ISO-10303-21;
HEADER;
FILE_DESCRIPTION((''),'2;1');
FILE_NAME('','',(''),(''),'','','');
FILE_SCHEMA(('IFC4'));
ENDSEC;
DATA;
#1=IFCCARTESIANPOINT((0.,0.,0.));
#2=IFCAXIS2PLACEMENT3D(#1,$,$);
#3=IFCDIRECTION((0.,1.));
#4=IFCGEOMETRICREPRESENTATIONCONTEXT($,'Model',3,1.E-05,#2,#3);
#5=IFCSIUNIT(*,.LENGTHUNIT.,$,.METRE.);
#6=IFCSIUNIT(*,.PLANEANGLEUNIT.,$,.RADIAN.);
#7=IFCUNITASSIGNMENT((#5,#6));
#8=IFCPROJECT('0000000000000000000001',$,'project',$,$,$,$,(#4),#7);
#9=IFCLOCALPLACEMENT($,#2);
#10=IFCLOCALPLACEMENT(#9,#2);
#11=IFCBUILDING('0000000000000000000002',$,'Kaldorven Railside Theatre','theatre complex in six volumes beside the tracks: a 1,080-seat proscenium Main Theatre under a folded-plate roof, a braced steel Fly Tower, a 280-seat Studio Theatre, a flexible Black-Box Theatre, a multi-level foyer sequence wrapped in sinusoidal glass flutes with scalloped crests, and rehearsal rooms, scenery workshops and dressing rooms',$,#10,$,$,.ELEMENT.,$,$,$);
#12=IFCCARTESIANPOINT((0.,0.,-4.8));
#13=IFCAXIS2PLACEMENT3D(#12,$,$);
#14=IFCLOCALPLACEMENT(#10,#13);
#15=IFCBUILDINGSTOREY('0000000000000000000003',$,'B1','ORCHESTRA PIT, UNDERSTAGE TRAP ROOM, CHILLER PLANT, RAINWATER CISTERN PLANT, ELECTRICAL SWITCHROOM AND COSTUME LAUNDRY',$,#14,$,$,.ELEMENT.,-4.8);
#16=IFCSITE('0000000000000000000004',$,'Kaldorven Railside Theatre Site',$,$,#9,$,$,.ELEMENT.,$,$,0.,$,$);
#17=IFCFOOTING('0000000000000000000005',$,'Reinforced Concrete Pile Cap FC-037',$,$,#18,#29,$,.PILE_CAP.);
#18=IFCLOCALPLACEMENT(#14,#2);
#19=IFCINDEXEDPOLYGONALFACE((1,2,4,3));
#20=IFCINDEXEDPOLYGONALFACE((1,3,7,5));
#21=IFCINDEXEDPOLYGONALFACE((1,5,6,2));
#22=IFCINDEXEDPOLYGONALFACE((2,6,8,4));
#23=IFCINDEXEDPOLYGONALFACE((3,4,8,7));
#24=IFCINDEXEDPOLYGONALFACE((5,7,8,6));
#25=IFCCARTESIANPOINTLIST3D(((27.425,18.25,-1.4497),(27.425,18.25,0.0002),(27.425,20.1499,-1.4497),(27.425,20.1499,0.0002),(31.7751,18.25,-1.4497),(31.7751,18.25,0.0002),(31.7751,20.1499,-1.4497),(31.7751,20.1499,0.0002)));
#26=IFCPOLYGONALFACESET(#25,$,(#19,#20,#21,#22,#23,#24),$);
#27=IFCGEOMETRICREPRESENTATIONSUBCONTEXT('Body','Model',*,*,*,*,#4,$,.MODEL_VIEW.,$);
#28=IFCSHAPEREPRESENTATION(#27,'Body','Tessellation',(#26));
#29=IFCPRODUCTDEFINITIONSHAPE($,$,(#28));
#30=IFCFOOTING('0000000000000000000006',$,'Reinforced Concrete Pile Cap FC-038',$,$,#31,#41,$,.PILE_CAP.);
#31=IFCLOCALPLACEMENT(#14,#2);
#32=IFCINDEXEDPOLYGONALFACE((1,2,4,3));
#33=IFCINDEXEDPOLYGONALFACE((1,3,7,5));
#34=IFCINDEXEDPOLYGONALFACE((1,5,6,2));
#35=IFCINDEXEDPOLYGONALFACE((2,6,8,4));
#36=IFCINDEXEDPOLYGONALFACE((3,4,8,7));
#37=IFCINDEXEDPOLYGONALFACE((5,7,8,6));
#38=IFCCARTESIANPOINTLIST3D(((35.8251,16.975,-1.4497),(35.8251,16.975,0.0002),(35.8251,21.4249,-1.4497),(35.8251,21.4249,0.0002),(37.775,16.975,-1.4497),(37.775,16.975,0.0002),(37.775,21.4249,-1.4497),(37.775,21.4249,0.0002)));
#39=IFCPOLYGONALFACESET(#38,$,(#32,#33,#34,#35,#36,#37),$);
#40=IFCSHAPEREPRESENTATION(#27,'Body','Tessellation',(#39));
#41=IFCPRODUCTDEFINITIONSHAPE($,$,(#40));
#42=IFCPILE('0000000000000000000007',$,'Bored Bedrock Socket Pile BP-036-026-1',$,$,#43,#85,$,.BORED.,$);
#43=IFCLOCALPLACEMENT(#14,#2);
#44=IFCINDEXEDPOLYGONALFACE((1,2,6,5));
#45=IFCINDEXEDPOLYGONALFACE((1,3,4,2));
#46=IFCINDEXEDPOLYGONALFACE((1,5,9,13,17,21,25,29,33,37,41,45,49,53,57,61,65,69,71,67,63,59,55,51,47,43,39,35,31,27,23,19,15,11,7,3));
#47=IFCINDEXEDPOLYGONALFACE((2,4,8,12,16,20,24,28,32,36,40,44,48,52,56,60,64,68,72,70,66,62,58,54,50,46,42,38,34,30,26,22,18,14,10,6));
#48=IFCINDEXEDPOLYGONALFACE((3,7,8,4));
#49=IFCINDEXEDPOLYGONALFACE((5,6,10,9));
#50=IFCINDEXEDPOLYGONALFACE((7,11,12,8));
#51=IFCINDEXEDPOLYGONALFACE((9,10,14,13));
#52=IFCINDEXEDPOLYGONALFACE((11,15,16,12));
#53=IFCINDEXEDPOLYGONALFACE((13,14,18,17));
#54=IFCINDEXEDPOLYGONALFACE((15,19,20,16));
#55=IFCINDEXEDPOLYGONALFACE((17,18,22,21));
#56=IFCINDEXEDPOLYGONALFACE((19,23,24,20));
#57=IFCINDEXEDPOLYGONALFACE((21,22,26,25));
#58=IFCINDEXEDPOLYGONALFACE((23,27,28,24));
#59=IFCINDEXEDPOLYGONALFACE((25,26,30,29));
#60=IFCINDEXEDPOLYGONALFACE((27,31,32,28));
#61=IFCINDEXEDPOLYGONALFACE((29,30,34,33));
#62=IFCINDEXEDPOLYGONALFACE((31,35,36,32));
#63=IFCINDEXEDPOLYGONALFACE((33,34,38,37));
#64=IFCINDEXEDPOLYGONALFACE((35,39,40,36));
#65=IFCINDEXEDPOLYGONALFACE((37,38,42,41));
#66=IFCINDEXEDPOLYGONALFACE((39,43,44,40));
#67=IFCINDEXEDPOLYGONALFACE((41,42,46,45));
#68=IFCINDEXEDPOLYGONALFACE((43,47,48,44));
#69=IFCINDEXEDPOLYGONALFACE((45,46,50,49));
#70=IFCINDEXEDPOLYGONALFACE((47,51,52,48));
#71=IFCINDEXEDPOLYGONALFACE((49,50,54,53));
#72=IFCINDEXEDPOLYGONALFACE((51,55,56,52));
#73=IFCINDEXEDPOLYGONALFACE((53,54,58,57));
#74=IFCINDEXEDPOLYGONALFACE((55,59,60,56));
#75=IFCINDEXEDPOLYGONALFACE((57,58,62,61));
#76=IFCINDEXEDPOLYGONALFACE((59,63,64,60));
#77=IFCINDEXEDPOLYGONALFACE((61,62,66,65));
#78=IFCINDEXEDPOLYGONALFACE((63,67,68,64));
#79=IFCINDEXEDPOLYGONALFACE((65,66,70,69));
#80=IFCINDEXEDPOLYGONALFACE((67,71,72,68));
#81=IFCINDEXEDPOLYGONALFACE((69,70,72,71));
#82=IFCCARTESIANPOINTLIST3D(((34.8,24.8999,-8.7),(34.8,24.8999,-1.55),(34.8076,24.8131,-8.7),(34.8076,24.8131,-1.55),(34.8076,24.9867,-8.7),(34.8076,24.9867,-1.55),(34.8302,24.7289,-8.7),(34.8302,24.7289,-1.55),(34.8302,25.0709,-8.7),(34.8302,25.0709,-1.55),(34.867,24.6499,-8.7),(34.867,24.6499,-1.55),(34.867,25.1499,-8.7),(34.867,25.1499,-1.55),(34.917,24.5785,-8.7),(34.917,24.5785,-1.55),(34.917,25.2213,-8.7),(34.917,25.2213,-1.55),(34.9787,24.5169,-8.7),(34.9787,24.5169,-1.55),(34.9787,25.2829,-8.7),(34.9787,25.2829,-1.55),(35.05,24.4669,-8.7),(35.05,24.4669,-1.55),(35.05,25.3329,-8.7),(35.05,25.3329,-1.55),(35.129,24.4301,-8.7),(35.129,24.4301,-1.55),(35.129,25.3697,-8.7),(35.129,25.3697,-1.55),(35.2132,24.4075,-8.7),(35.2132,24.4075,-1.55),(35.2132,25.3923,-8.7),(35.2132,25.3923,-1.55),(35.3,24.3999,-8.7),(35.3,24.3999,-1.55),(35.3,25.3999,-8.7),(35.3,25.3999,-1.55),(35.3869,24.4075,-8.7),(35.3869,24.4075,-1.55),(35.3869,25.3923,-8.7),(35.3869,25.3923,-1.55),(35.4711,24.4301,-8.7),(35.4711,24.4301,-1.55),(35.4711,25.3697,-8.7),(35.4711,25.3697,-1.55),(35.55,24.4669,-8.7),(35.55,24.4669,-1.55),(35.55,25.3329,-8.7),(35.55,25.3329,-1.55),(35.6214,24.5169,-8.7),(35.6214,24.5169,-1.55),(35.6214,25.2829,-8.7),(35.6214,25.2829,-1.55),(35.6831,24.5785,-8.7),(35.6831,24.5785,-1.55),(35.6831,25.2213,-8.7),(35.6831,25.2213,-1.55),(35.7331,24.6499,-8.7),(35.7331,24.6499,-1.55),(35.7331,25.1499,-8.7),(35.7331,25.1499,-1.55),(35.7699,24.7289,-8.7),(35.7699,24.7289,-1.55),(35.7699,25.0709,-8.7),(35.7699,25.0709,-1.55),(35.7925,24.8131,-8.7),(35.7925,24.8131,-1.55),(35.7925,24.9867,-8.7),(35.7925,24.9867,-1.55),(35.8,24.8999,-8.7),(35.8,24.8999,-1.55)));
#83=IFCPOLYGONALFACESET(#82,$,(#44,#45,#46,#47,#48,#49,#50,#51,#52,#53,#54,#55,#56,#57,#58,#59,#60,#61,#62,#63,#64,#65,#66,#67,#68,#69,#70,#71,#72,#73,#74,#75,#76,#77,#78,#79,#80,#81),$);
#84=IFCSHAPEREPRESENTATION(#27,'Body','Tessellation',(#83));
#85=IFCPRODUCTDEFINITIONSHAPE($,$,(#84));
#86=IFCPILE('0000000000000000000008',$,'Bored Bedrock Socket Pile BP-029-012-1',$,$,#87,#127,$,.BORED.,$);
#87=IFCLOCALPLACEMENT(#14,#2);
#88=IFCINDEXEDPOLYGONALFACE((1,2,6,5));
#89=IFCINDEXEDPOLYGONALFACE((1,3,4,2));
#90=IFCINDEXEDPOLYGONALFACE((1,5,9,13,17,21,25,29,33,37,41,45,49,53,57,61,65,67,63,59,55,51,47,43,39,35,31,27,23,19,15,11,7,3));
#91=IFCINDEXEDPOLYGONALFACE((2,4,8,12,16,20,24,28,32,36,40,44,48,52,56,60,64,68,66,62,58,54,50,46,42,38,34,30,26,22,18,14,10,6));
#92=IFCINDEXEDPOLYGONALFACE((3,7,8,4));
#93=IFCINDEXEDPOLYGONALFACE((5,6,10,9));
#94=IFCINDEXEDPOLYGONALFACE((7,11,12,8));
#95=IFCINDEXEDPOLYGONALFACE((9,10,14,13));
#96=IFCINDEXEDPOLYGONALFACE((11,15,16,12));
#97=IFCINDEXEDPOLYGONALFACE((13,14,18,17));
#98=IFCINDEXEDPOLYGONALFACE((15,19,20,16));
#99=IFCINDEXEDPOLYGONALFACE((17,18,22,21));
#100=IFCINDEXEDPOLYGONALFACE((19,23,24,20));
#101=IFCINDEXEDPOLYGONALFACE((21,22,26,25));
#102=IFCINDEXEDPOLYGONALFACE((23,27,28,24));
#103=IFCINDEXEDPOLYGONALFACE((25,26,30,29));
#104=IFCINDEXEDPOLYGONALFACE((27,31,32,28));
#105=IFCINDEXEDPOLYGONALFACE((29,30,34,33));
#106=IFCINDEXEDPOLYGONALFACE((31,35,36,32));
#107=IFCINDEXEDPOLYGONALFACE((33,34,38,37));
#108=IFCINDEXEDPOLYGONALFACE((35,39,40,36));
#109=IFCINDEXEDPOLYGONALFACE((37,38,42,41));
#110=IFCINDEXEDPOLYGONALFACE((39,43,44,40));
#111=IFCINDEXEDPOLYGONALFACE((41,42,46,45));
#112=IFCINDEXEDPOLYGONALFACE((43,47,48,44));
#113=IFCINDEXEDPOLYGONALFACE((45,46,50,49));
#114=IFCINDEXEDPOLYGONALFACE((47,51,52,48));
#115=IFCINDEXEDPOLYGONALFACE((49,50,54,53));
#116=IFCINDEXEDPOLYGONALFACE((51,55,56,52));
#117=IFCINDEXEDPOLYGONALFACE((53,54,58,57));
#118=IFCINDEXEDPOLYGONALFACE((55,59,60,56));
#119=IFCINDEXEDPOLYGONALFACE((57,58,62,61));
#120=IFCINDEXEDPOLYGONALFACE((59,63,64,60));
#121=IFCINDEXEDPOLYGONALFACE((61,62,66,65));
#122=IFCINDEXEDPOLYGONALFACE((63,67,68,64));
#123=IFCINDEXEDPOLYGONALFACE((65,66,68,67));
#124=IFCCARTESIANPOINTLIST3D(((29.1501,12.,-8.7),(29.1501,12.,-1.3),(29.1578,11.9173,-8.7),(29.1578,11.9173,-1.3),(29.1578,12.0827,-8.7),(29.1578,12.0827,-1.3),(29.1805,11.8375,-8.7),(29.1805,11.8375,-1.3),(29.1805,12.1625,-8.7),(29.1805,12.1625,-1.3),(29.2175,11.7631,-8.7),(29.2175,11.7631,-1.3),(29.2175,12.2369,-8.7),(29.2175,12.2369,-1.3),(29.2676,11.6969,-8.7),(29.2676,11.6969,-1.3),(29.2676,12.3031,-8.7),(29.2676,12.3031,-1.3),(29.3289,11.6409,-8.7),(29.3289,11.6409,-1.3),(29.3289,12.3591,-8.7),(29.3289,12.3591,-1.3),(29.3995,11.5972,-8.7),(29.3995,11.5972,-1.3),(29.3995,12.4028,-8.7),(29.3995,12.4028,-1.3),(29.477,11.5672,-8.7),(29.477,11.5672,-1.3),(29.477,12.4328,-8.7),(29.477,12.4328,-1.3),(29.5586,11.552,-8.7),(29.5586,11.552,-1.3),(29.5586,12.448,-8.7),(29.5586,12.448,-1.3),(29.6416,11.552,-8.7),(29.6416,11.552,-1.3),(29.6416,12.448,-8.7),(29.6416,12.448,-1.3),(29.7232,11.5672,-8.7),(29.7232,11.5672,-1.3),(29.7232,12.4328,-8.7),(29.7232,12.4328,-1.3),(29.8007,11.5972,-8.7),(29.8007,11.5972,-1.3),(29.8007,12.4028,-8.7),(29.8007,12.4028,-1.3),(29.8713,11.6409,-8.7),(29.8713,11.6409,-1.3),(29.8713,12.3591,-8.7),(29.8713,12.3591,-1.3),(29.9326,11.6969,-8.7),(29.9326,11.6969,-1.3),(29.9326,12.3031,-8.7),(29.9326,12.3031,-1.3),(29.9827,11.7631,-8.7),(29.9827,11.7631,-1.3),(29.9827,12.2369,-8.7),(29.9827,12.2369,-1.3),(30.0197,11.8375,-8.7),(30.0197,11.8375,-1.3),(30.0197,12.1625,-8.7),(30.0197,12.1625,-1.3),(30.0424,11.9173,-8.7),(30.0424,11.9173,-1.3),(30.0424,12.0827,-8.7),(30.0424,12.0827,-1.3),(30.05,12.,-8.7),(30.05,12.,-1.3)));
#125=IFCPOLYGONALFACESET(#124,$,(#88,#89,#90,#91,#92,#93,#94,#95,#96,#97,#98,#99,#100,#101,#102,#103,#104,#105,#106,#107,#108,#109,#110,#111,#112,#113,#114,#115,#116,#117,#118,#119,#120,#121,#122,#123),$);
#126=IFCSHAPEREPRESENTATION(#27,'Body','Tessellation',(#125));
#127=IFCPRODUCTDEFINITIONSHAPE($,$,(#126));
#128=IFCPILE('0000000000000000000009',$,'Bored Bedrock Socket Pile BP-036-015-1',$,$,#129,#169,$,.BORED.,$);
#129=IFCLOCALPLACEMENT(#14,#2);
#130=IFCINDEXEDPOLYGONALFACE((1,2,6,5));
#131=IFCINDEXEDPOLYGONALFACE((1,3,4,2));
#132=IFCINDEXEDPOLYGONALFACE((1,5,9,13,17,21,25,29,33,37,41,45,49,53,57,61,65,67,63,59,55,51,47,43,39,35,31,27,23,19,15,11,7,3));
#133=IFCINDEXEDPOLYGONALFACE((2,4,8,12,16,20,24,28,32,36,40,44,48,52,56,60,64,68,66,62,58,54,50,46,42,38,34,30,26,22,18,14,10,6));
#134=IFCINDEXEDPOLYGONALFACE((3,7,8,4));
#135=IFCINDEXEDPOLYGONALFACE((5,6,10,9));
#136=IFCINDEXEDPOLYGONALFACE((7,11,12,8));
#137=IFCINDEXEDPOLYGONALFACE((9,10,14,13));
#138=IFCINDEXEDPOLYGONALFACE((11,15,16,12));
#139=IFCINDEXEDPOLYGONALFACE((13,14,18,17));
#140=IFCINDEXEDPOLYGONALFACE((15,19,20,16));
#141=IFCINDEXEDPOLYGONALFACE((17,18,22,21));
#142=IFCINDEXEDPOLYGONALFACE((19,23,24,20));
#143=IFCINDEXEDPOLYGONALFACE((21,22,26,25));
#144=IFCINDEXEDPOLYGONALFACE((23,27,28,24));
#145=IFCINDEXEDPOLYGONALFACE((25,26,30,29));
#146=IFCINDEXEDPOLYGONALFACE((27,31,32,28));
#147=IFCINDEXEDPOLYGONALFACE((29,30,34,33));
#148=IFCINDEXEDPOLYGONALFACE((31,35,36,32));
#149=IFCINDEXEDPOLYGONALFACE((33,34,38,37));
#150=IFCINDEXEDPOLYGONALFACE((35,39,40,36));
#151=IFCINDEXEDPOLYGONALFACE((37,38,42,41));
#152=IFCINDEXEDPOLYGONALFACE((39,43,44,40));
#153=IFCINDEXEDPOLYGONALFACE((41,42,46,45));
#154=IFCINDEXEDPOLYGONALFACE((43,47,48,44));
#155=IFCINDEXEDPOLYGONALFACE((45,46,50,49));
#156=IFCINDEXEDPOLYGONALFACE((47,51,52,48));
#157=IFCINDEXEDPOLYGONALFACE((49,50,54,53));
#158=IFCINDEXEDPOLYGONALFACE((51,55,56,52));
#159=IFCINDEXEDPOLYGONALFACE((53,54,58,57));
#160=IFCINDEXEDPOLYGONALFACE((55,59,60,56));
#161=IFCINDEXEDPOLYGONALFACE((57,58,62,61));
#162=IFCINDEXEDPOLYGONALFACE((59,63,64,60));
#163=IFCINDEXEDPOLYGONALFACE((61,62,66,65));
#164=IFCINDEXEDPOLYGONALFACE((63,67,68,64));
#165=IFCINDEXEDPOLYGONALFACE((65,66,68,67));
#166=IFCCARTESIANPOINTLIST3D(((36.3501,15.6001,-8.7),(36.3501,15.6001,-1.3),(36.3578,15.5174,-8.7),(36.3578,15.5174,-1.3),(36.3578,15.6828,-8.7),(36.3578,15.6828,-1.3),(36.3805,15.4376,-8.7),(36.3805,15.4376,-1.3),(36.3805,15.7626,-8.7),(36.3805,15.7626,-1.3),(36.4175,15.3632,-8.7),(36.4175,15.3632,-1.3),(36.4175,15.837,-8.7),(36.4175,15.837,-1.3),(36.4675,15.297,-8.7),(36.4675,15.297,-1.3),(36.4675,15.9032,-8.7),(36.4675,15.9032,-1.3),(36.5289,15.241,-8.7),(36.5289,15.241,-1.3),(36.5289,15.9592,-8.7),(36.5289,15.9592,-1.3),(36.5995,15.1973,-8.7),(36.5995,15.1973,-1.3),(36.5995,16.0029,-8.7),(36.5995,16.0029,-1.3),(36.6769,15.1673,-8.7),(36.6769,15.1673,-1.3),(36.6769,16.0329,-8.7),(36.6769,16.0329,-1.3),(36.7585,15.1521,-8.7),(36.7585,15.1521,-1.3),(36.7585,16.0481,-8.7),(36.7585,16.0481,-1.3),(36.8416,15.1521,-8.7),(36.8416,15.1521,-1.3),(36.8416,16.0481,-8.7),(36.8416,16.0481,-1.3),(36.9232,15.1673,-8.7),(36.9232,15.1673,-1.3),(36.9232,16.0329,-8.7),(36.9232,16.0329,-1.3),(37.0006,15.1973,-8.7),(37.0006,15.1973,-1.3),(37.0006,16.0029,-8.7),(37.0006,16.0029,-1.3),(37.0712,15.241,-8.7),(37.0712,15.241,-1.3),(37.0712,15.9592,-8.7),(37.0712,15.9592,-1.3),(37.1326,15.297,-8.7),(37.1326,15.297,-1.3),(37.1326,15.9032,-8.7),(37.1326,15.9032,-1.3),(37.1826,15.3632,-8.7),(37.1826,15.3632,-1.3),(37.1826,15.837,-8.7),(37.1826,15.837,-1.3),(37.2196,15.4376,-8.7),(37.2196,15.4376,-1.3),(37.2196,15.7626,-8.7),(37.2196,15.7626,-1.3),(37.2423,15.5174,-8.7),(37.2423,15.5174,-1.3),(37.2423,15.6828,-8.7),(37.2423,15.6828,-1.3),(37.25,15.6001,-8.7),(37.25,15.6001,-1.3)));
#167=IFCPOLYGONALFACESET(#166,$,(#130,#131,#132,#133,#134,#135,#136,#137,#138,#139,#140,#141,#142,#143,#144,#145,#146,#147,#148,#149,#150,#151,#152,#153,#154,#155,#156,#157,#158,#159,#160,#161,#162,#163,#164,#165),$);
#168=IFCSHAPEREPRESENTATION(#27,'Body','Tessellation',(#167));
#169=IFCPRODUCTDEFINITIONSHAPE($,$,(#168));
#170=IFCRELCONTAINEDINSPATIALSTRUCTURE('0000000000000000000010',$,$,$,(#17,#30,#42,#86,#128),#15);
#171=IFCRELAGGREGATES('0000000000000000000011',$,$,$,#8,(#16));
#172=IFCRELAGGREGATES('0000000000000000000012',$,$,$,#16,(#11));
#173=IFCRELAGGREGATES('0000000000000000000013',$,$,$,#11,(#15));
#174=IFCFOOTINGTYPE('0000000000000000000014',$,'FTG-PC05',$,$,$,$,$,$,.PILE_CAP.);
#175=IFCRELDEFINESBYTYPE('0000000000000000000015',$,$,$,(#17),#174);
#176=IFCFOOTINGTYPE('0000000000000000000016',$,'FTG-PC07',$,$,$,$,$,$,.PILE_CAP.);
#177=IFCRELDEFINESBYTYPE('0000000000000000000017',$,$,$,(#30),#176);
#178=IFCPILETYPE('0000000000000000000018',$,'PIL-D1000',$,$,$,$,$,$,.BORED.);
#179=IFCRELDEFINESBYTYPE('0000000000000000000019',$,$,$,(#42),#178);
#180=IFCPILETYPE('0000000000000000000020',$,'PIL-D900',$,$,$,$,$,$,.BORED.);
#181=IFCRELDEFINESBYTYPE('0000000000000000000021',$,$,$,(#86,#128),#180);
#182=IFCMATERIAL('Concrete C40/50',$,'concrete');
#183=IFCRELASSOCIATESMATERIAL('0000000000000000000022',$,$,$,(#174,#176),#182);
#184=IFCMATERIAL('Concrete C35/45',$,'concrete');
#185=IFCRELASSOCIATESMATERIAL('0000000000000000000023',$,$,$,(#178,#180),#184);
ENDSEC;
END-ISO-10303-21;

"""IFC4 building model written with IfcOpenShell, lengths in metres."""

from ifc_helpers import new_model, si_unit, direction, frame, origin, origin_2d, place, context, subcontext, project, spatial, rectangle, circle, extrude, material, material_profile, profile_set, type_object, element, save


model = new_model("IFC4")

# Units and contexts
model_context = context("Model", 3, precision=1e-05, world=origin(), true_north=direction((0.0, 1.0)))
body_context = subcontext(model_context, "Body", "Model", "MODEL_VIEW")
ifc_project = project(units=[si_unit("LENGTHUNIT", "METRE"), si_unit("PLANEANGLEUNIT", "RADIAN")], contexts=[model_context])

# Site, building, storey
site_placement = place(None, origin())
site = spatial("IfcSite", under=ifc_project, at=site_placement, Name="Kaldorven Railside Theatre Site", CompositionType="ELEMENT", RefElevation=0.0)
building_placement = place(site_placement, origin())
building = spatial("IfcBuilding", under=site, at=building_placement, Name="Kaldorven Railside Theatre", Description="theatre complex in six volumes beside the tracks: a 1,080-seat proscenium Main Theatre under a folded-plate roof, a braced steel Fly Tower, a 280-seat Studio Theatre, a flexible Black-Box Theatre, a multi-level foyer sequence wrapped in sinusoidal glass flutes with scalloped crests, and rehearsal rooms, scenery workshops and dressing rooms", CompositionType="ELEMENT")
storey_placement = place(building_placement, frame((0.0, 0.0, -4.8)))
storey = spatial("IfcBuildingStorey", under=building, at=storey_placement, Name="B1", Description="ORCHESTRA PIT, UNDERSTAGE TRAP ROOM, CHILLER PLANT, RAINWATER CISTERN PLANT, ELECTRICAL SWITCHROOM AND COSTUME LAUNDRY", CompositionType="ELEMENT", Elevation=-4.8)

# Footings
ifc_material_1 = material(Name="Concrete C40/50", Category="concrete")
footing_type_1 = type_object("IfcFootingType", Name="FTG-PC05", PredefinedType="PILE_CAP", material=ifc_material_1)
footing_1_placement = place(storey_placement, frame((29.6001, 19.2, -1.4497), z_axis=(0.0, 0.0, 1.0), x_axis=(1.0, 0.0, 0.0)))
element("IfcFooting", 1, at=footing_1_placement, inside=storey, type_object=footing_type_1, Name="Reinforced Concrete Pile Cap FC-037", PredefinedType="PILE_CAP", context=body_context, shape_type="SweptSolid", body=[
    extrude(rectangle(XDim=4.3501, YDim=1.8999, at=origin_2d()), origin(), (0.0, 0.0, 1.0), 1.45),
])
footing_type_2 = type_object("IfcFootingType", Name="FTG-PC07", PredefinedType="PILE_CAP", material=ifc_material_1)
footing_2_placement = place(storey_placement, frame((36.8, 19.2, -1.4497), z_axis=(0.0, 0.0, 1.0), x_axis=(1.0, 0.0, 0.0)))
element("IfcFooting", 2, at=footing_2_placement, inside=storey, type_object=footing_type_2, Name="Reinforced Concrete Pile Cap FC-038", PredefinedType="PILE_CAP", context=body_context, shape_type="SweptSolid", body=[
    extrude(rectangle(XDim=1.95, YDim=4.45, at=origin_2d()), origin(), (0.0, 0.0, 1.0), 1.45),
])

# Piles
ifc_material_2 = material(Name="Concrete C35/45", Category="concrete")
ifc_material_profile_1 = material_profile(ifc_material_2, circle(Radius=0.5, at=origin_2d()), Name="BP D1000")
ifc_profile_set_1 = profile_set([ifc_material_profile_1], Name="Concrete C35/45")
pile_type_1 = type_object("IfcPileType", Name="PIL-D1000", PredefinedType="BORED", material=ifc_profile_set_1)
pile_1_placement = place(storey_placement, frame((35.3, 24.8999, -1.55), z_axis=(0.0, 0.0, -1.0), x_axis=(1.0, 0.0, 0.0)))
element("IfcPile", 3, at=pile_1_placement, inside=storey, type_object=pile_type_1, Name="Bored Bedrock Socket Pile BP-036-026-1", PredefinedType="BORED", context=body_context, shape_type="SweptSolid", body=[
    extrude(circle(Radius=0.5, at=origin_2d()), origin(), (0.0, 0.0, 1.0), 7.1499),
])
ifc_material_profile_2 = material_profile(ifc_material_2, circle(Radius=0.45, at=origin_2d()), Name="BP D900")
ifc_profile_set_2 = profile_set([ifc_material_profile_2], Name="Concrete C35/45")
pile_type_2 = type_object("IfcPileType", Name="PIL-D900", PredefinedType="BORED", material=ifc_profile_set_2)
for number, where, z_axis, x_axis, name in (
    (4, (29.6001, 12.0, -1.3), (0.0, 0.0, -1.0), (1.0, 0.0, 0.0), "Bored Bedrock Socket Pile BP-029-012-1"),
    (5, (36.8, 15.6001, -1.3), (0.0, 0.0, -1.0), (1.0, 0.0, 0.0), "Bored Bedrock Socket Pile BP-036-015-1"),
):
    element("IfcPile", number, at=place(storey_placement, frame(where, z_axis=z_axis, x_axis=x_axis)), inside=storey, type_object=pile_type_2, Name=name, PredefinedType="BORED", context=body_context, shape_type="SweptSolid", body=[
        extrude(circle(Radius=0.45, at=origin_2d()), origin(), (0.0, 0.0, 1.0), 7.3999),
    ])

save(model, "model.ifc")
